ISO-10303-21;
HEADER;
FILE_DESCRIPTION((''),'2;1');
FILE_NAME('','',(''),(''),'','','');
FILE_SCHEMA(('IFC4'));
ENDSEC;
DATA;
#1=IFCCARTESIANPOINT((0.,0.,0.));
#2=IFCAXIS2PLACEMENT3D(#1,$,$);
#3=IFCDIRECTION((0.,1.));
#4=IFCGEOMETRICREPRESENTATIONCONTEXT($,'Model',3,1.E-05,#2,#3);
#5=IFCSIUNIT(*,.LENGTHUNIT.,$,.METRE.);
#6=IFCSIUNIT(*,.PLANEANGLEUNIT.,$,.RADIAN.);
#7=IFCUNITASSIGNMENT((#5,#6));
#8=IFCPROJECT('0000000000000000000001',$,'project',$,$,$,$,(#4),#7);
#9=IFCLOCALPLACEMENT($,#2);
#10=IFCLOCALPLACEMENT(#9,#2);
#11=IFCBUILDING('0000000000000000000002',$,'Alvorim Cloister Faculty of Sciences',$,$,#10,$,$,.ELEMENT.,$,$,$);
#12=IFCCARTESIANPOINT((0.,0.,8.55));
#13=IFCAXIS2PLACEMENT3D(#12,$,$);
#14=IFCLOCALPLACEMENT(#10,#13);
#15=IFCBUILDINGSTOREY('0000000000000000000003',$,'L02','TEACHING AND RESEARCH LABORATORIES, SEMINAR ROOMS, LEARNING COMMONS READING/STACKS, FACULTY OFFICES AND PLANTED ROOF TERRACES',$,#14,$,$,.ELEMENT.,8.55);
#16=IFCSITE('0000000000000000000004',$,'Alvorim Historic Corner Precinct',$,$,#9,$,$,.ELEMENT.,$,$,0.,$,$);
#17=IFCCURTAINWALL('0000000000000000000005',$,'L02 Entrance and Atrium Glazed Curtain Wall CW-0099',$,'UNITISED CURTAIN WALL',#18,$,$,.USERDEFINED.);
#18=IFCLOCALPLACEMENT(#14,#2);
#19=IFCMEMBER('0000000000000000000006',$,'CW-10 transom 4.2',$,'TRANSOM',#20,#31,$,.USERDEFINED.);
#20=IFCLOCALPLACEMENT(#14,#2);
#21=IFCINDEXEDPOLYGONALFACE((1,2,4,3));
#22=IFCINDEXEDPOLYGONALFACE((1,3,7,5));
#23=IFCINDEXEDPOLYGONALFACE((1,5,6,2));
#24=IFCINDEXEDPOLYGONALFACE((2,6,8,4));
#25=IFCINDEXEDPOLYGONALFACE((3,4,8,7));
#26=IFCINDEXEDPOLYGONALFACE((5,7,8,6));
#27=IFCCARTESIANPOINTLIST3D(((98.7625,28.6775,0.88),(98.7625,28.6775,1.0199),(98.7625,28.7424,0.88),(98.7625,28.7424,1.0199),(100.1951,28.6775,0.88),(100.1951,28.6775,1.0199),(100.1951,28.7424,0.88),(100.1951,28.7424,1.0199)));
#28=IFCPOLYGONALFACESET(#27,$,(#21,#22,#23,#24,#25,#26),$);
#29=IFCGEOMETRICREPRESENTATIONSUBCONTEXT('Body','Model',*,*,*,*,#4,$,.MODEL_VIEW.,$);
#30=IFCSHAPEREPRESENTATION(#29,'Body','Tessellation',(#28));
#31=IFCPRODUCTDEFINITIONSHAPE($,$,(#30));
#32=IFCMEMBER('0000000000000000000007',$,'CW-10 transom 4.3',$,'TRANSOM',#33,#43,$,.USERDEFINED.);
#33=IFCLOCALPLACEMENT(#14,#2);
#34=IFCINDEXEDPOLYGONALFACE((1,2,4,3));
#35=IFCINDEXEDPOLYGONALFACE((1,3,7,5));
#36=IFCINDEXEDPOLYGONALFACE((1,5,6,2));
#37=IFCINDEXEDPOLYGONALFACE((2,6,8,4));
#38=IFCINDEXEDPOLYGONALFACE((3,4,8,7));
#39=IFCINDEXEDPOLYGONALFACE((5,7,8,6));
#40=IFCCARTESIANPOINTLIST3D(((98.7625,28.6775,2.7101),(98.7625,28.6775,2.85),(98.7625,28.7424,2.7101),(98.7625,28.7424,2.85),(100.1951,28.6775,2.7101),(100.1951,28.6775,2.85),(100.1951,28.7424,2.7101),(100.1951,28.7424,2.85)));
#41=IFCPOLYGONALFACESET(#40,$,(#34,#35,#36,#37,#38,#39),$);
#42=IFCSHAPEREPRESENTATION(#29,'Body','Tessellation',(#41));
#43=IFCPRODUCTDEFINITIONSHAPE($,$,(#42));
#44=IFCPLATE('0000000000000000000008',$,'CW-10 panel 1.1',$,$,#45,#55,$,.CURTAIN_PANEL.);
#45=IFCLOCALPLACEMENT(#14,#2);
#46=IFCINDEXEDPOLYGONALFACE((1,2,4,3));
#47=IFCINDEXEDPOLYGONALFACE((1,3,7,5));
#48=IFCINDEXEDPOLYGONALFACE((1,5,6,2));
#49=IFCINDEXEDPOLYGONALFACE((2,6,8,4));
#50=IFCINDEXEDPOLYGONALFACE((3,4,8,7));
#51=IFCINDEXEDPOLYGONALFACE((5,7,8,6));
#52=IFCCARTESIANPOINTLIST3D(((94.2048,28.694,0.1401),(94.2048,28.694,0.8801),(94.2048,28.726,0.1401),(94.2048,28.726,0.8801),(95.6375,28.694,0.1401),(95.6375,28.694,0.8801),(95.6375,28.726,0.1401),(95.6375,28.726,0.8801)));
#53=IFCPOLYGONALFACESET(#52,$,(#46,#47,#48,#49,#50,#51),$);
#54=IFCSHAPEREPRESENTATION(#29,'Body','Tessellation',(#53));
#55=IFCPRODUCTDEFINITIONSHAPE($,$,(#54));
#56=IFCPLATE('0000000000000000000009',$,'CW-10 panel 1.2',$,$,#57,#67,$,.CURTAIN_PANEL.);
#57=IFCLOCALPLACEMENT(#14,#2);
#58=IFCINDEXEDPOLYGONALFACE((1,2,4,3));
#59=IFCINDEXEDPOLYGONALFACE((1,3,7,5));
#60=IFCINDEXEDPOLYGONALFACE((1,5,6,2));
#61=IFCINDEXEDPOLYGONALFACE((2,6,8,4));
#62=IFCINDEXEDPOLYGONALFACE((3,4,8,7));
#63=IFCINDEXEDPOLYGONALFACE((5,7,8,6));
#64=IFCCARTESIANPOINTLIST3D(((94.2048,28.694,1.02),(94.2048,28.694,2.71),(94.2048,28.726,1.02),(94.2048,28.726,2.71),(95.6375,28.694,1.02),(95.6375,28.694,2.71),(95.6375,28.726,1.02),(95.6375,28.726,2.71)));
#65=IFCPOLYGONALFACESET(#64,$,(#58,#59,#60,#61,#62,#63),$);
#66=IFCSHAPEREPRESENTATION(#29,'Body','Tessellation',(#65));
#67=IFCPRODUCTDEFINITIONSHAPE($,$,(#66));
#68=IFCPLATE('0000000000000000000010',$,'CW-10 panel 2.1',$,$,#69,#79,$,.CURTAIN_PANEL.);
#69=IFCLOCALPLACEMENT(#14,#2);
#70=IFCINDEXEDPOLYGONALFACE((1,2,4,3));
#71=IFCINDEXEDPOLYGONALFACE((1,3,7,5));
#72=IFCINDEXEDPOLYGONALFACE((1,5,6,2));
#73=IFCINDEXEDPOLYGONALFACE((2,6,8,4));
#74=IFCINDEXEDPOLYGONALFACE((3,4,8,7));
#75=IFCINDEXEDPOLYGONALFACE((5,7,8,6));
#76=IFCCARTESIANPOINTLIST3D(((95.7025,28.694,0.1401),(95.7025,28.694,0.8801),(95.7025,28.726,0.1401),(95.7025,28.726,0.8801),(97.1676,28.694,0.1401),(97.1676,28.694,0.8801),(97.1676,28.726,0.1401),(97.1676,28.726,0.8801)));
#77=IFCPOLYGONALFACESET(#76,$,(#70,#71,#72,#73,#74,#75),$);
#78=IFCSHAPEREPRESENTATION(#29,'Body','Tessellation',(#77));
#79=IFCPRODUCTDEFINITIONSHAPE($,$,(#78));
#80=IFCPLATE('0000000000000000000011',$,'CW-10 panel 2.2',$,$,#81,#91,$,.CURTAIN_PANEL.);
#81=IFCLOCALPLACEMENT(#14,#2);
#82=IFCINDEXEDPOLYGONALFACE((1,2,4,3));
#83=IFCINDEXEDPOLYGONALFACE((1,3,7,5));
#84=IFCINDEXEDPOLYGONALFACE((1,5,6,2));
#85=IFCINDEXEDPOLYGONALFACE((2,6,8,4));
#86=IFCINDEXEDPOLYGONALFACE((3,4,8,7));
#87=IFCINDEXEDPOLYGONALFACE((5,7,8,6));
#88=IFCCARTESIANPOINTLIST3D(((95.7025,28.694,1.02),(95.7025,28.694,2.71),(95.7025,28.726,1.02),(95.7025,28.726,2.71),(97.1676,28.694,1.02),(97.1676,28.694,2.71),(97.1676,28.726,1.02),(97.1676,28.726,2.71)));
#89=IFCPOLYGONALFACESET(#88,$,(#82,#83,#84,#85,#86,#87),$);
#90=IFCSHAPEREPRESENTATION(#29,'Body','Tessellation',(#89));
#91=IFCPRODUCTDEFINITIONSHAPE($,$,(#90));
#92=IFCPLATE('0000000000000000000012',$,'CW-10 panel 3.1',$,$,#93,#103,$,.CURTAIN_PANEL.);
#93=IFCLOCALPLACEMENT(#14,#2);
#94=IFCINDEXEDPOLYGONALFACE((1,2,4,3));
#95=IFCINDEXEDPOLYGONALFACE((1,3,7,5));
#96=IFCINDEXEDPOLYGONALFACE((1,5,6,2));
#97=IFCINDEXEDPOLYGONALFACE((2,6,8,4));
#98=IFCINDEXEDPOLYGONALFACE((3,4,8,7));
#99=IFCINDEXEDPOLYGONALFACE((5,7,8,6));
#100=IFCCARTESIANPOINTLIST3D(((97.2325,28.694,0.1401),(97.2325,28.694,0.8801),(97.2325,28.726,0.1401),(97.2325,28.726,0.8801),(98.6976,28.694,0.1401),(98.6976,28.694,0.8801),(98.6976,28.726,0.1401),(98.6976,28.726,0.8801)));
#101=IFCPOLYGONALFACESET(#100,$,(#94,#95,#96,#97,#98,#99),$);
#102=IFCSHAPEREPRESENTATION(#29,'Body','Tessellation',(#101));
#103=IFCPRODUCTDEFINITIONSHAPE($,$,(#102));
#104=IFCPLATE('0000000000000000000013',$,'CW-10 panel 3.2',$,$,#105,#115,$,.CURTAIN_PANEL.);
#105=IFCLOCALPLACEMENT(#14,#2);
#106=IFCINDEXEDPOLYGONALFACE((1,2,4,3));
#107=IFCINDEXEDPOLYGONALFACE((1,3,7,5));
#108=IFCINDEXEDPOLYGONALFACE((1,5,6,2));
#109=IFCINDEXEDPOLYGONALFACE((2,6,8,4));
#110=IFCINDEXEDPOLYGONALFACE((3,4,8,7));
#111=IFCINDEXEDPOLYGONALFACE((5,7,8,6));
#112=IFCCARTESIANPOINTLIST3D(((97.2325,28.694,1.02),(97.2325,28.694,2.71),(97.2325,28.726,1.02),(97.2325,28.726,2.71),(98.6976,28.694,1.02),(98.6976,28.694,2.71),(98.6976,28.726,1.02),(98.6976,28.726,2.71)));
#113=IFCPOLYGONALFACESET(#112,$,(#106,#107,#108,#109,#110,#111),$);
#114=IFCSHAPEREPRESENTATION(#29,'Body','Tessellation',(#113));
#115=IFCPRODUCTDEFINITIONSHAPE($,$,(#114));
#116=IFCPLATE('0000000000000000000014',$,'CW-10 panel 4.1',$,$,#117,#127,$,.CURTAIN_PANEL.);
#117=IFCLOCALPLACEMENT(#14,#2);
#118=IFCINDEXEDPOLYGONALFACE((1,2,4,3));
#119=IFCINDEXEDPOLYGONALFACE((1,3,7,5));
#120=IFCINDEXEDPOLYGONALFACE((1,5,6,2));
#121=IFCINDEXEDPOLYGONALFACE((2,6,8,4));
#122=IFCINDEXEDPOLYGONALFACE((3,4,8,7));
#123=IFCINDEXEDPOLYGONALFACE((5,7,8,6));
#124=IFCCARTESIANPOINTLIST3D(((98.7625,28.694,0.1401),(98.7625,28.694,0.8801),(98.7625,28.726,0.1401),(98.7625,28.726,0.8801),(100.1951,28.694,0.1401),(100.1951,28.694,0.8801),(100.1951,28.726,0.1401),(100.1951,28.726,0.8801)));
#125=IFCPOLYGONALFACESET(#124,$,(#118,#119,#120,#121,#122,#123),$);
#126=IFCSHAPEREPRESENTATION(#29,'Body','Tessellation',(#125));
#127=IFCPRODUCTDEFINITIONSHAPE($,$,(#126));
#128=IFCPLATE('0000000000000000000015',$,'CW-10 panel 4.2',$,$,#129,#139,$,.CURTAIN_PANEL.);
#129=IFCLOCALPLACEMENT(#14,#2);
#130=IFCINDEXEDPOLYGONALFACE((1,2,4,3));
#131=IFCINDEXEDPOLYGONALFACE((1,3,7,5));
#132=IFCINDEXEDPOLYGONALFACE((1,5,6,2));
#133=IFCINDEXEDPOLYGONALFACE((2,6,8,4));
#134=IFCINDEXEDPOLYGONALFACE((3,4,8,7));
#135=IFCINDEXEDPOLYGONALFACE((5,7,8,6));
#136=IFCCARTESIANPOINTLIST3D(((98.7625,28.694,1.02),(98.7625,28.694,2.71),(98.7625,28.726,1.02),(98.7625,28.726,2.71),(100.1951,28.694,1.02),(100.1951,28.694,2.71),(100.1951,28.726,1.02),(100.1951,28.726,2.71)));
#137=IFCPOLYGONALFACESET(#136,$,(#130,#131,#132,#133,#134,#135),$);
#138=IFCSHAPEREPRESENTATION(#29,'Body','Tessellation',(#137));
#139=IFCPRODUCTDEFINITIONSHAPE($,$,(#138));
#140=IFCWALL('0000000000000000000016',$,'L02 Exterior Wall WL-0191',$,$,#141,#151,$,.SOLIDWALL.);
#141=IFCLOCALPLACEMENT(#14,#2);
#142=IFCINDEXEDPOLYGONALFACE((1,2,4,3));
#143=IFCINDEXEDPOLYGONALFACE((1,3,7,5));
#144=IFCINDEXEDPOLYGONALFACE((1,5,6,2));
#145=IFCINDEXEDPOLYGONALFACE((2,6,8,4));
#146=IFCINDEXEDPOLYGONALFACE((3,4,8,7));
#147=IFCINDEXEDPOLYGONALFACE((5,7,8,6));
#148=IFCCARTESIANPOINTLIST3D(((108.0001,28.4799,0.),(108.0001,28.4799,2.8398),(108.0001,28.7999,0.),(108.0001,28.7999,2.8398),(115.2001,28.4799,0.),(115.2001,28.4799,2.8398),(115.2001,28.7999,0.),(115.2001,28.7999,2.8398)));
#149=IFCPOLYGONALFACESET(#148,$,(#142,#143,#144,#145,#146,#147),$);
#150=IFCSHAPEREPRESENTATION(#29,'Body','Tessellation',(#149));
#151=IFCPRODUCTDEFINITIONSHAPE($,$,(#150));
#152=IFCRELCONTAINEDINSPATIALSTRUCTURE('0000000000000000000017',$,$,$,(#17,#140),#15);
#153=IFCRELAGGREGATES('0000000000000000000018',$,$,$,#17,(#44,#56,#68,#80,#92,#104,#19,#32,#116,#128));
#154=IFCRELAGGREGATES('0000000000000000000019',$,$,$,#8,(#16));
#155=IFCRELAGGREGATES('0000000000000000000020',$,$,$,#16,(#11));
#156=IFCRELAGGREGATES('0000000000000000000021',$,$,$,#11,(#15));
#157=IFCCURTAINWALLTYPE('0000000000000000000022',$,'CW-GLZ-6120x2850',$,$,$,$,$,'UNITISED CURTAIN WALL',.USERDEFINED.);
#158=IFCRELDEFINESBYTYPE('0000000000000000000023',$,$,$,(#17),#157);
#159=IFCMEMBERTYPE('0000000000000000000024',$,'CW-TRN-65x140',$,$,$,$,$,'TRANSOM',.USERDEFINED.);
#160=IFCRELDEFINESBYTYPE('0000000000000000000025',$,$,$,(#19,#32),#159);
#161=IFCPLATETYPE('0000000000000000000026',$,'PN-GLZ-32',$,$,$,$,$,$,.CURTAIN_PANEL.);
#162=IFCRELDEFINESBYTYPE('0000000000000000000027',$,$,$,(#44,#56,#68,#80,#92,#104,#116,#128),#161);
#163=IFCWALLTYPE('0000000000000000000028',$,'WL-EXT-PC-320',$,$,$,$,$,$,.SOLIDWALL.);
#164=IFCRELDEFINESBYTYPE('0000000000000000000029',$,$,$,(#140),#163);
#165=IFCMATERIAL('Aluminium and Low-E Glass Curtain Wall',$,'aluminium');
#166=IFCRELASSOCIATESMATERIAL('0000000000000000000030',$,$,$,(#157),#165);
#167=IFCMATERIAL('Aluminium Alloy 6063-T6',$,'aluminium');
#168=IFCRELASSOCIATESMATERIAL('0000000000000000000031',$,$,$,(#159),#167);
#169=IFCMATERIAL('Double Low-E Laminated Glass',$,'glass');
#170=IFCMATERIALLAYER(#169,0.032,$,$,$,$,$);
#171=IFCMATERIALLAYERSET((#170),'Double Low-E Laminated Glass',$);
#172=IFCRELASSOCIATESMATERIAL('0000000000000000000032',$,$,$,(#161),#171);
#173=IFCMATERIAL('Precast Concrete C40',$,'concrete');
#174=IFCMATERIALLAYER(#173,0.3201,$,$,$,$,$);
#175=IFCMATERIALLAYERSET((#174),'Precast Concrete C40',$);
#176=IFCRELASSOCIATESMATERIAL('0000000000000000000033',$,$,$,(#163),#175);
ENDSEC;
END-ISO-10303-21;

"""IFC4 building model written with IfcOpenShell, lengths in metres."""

from ifc_helpers import new_model, si_unit, direction, frame, frame_2d, origin, origin_2d, place, context, subcontext, project, spatial, rectangle, extrude, material, layer, layer_set, material_profile, profile_set, type_object, element, aggregate, save


model = new_model("IFC4")

# Units and contexts
model_context = context("Model", 3, precision=1e-05, world=origin(), true_north=direction((0.0, 1.0)))
body_context = subcontext(model_context, "Body", "Model", "MODEL_VIEW")
ifc_project = project(units=[si_unit("LENGTHUNIT", "METRE"), si_unit("PLANEANGLEUNIT", "RADIAN")], contexts=[model_context])

# Site, building, storey
site_placement = place(None, origin())
site = spatial("IfcSite", under=ifc_project, at=site_placement, Name="Alvorim Historic Corner Precinct", CompositionType="ELEMENT", RefElevation=0.0)
building_placement = place(site_placement, origin())
building = spatial("IfcBuilding", under=site, at=building_placement, Name="Alvorim Cloister Faculty of Sciences", CompositionType="ELEMENT")
storey_placement = place(building_placement, frame((0.0, 0.0, 8.55)))
storey = spatial("IfcBuildingStorey", under=building, at=storey_placement, Name="L02", Description="TEACHING AND RESEARCH LABORATORIES, SEMINAR ROOMS, LEARNING COMMONS READING/STACKS, FACULTY OFFICES AND PLANTED ROOF TERRACES", CompositionType="ELEMENT", Elevation=8.55)

# Curtain wall, members, plates
ifc_material_1 = material(Name="Aluminium and Low-E Glass Curtain Wall", Category="aluminium")
curtain_wall_type = type_object("IfcCurtainWallType", Name="CW-GLZ-6120x2850", ElementType="UNITISED CURTAIN WALL", PredefinedType="USERDEFINED", material=ifc_material_1)
curtain_wall_placement = place(storey_placement, origin())
curtain_wall = element("IfcCurtainWall", 1, at=curtain_wall_placement, inside=storey, type_object=curtain_wall_type, Name="L02 Entrance and Atrium Glazed Curtain Wall CW-0099", ObjectType="UNITISED CURTAIN WALL", PredefinedType="USERDEFINED")
ifc_material_2 = material(Name="Aluminium Alloy 6063-T6", Category="aluminium")
ifc_material_profile_1 = material_profile(ifc_material_2, rectangle(XDim=0.0649, YDim=0.1399, at=origin_2d()), Name="ALU-TRN-65x140")
ifc_profile_set_1 = profile_set([ifc_material_profile_1], Name="Aluminium Alloy 6063-T6")
member_type_1 = type_object("IfcMemberType", Name="CW-TRN-65x140", ElementType="TRANSOM", PredefinedType="USERDEFINED", material=ifc_profile_set_1)
member_1_placement = place(storey_placement, frame((98.7625, 28.71, 0.95), z_axis=(1.0, 0.0, 0.0), x_axis=(0.0, 1.0, 0.0)))
member_1 = element("IfcMember", 2, at=member_1_placement, type_object=member_type_1, Name="CW-10 transom 4.2", ObjectType="TRANSOM", PredefinedType="USERDEFINED", context=body_context, shape_type="SweptSolid", body=[
    extrude(rectangle(XDim=0.0649, YDim=0.1399, at=origin_2d()), origin(), (0.0, 0.0, 1.0), 1.4326),
])
member_2_placement = place(storey_placement, frame((98.7625, 28.71, 2.78), z_axis=(1.0, 0.0, 0.0), x_axis=(0.0, 1.0, 0.0)))
member_2 = element("IfcMember", 3, at=member_2_placement, type_object=member_type_1, Name="CW-10 transom 4.3", ObjectType="TRANSOM", PredefinedType="USERDEFINED", context=body_context, shape_type="SweptSolid", body=[
    extrude(rectangle(XDim=0.0649, YDim=0.1399, at=origin_2d()), origin(), (0.0, 0.0, 1.0), 1.4326),
])
ifc_material_3 = material(Name="Double Low-E Laminated Glass", Category="glass")
ifc_layer_1 = layer(ifc_material_3, 0.032)
ifc_layer_set_1 = layer_set([ifc_layer_1], Name="Double Low-E Laminated Glass")
plate_type = type_object("IfcPlateType", Name="PN-GLZ-32", PredefinedType="CURTAIN_PANEL", material=ifc_layer_set_1)
plate_1_placement = place(storey_placement, frame((94.9211, 28.71, 0.1401), z_axis=(0.0, 0.0, 1.0), x_axis=(1.0, 0.0, 0.0)))
plate_1 = element("IfcPlate", 4, at=plate_1_placement, type_object=plate_type, Name="CW-10 panel 1.1", PredefinedType="CURTAIN_PANEL", context=body_context, shape_type="SweptSolid", body=[
    extrude(rectangle(XDim=1.4326, YDim=0.032, at=origin_2d()), origin(), (0.0, 0.0, 1.0), 0.74),
])
plate_2_placement = place(storey_placement, frame((94.9211, 28.71, 1.02), z_axis=(0.0, 0.0, 1.0), x_axis=(1.0, 0.0, 0.0)))
plate_2 = element("IfcPlate", 5, at=plate_2_placement, type_object=plate_type, Name="CW-10 panel 1.2", PredefinedType="CURTAIN_PANEL", context=body_context, shape_type="SweptSolid", body=[
    extrude(rectangle(XDim=1.4326, YDim=0.032, at=origin_2d()), origin(), (0.0, 0.0, 1.0), 1.6899),
])
plate_3_placement = place(storey_placement, frame((96.4351, 28.71, 0.1401), z_axis=(0.0, 0.0, 1.0), x_axis=(1.0, 0.0, 0.0)))
plate_3 = element("IfcPlate", 6, at=plate_3_placement, type_object=plate_type, Name="CW-10 panel 2.1", PredefinedType="CURTAIN_PANEL", context=body_context, shape_type="SweptSolid", body=[
    extrude(rectangle(XDim=1.4651, YDim=0.032, at=origin_2d()), origin(), (0.0, 0.0, 1.0), 0.74),
])
plate_4_placement = place(storey_placement, frame((96.4351, 28.71, 1.02), z_axis=(0.0, 0.0, 1.0), x_axis=(1.0, 0.0, 0.0)))
plate_4 = element("IfcPlate", 7, at=plate_4_placement, type_object=plate_type, Name="CW-10 panel 2.2", PredefinedType="CURTAIN_PANEL", context=body_context, shape_type="SweptSolid", body=[
    extrude(rectangle(XDim=1.4651, YDim=0.032, at=origin_2d()), origin(), (0.0, 0.0, 1.0), 1.6899),
])
plate_5_placement = place(storey_placement, frame((97.9651, 28.71, 0.1401), z_axis=(0.0, 0.0, 1.0), x_axis=(1.0, 0.0, 0.0)))
plate_5 = element("IfcPlate", 8, at=plate_5_placement, type_object=plate_type, Name="CW-10 panel 3.1", PredefinedType="CURTAIN_PANEL", context=body_context, shape_type="SweptSolid", body=[
    extrude(rectangle(XDim=1.4651, YDim=0.032, at=origin_2d()), origin(), (0.0, 0.0, 1.0), 0.74),
])
plate_6_placement = place(storey_placement, frame((97.9651, 28.71, 1.02), z_axis=(0.0, 0.0, 1.0), x_axis=(1.0, 0.0, 0.0)))
plate_6 = element("IfcPlate", 9, at=plate_6_placement, type_object=plate_type, Name="CW-10 panel 3.2", PredefinedType="CURTAIN_PANEL", context=body_context, shape_type="SweptSolid", body=[
    extrude(rectangle(XDim=1.4651, YDim=0.032, at=origin_2d()), origin(), (0.0, 0.0, 1.0), 1.6899),
])
plate_7_placement = place(storey_placement, frame((99.4788, 28.71, 0.1401), z_axis=(0.0, 0.0, 1.0), x_axis=(1.0, 0.0, 0.0)))
plate_7 = element("IfcPlate", 10, at=plate_7_placement, type_object=plate_type, Name="CW-10 panel 4.1", PredefinedType="CURTAIN_PANEL", context=body_context, shape_type="SweptSolid", body=[
    extrude(rectangle(XDim=1.4326, YDim=0.032, at=origin_2d()), origin(), (0.0, 0.0, 1.0), 0.74),
])
plate_8_placement = place(storey_placement, frame((99.4788, 28.71, 1.02), z_axis=(0.0, 0.0, 1.0), x_axis=(1.0, 0.0, 0.0)))
plate_8 = element("IfcPlate", 11, at=plate_8_placement, type_object=plate_type, Name="CW-10 panel 4.2", PredefinedType="CURTAIN_PANEL", context=body_context, shape_type="SweptSolid", body=[
    extrude(rectangle(XDim=1.4326, YDim=0.032, at=origin_2d()), origin(), (0.0, 0.0, 1.0), 1.6899),
])
aggregate(curtain_wall, [plate_1, plate_2, plate_3, plate_4, plate_5, plate_6, member_1, member_2, plate_7, plate_8])

# Wall
ifc_material_4 = material(Name="Precast Concrete C40", Category="concrete")
ifc_layer_2 = layer(ifc_material_4, 0.3201)
ifc_layer_set_2 = layer_set([ifc_layer_2], Name="Precast Concrete C40")
wall_type = type_object("IfcWallType", Name="WL-EXT-PC-320", PredefinedType="SOLIDWALL", material=ifc_layer_set_2)
wall_placement = place(storey_placement, frame((108.0, 28.6399, 0.0), z_axis=(0.0, 0.0, 1.0), x_axis=(1.0, 0.0, 0.0)))
element("IfcWall", 12, at=wall_placement, inside=storey, type_object=wall_type, Name="L02 Exterior Wall WL-0191", PredefinedType="SOLIDWALL", context=body_context, shape_type="SweptSolid", body=[
    extrude(rectangle(XDim=7.2, YDim=0.3201, at=frame_2d((3.6001, 0.0))), origin(), (0.0, 0.0, 1.0), 2.8398),
])

save(model, "model.ifc")
